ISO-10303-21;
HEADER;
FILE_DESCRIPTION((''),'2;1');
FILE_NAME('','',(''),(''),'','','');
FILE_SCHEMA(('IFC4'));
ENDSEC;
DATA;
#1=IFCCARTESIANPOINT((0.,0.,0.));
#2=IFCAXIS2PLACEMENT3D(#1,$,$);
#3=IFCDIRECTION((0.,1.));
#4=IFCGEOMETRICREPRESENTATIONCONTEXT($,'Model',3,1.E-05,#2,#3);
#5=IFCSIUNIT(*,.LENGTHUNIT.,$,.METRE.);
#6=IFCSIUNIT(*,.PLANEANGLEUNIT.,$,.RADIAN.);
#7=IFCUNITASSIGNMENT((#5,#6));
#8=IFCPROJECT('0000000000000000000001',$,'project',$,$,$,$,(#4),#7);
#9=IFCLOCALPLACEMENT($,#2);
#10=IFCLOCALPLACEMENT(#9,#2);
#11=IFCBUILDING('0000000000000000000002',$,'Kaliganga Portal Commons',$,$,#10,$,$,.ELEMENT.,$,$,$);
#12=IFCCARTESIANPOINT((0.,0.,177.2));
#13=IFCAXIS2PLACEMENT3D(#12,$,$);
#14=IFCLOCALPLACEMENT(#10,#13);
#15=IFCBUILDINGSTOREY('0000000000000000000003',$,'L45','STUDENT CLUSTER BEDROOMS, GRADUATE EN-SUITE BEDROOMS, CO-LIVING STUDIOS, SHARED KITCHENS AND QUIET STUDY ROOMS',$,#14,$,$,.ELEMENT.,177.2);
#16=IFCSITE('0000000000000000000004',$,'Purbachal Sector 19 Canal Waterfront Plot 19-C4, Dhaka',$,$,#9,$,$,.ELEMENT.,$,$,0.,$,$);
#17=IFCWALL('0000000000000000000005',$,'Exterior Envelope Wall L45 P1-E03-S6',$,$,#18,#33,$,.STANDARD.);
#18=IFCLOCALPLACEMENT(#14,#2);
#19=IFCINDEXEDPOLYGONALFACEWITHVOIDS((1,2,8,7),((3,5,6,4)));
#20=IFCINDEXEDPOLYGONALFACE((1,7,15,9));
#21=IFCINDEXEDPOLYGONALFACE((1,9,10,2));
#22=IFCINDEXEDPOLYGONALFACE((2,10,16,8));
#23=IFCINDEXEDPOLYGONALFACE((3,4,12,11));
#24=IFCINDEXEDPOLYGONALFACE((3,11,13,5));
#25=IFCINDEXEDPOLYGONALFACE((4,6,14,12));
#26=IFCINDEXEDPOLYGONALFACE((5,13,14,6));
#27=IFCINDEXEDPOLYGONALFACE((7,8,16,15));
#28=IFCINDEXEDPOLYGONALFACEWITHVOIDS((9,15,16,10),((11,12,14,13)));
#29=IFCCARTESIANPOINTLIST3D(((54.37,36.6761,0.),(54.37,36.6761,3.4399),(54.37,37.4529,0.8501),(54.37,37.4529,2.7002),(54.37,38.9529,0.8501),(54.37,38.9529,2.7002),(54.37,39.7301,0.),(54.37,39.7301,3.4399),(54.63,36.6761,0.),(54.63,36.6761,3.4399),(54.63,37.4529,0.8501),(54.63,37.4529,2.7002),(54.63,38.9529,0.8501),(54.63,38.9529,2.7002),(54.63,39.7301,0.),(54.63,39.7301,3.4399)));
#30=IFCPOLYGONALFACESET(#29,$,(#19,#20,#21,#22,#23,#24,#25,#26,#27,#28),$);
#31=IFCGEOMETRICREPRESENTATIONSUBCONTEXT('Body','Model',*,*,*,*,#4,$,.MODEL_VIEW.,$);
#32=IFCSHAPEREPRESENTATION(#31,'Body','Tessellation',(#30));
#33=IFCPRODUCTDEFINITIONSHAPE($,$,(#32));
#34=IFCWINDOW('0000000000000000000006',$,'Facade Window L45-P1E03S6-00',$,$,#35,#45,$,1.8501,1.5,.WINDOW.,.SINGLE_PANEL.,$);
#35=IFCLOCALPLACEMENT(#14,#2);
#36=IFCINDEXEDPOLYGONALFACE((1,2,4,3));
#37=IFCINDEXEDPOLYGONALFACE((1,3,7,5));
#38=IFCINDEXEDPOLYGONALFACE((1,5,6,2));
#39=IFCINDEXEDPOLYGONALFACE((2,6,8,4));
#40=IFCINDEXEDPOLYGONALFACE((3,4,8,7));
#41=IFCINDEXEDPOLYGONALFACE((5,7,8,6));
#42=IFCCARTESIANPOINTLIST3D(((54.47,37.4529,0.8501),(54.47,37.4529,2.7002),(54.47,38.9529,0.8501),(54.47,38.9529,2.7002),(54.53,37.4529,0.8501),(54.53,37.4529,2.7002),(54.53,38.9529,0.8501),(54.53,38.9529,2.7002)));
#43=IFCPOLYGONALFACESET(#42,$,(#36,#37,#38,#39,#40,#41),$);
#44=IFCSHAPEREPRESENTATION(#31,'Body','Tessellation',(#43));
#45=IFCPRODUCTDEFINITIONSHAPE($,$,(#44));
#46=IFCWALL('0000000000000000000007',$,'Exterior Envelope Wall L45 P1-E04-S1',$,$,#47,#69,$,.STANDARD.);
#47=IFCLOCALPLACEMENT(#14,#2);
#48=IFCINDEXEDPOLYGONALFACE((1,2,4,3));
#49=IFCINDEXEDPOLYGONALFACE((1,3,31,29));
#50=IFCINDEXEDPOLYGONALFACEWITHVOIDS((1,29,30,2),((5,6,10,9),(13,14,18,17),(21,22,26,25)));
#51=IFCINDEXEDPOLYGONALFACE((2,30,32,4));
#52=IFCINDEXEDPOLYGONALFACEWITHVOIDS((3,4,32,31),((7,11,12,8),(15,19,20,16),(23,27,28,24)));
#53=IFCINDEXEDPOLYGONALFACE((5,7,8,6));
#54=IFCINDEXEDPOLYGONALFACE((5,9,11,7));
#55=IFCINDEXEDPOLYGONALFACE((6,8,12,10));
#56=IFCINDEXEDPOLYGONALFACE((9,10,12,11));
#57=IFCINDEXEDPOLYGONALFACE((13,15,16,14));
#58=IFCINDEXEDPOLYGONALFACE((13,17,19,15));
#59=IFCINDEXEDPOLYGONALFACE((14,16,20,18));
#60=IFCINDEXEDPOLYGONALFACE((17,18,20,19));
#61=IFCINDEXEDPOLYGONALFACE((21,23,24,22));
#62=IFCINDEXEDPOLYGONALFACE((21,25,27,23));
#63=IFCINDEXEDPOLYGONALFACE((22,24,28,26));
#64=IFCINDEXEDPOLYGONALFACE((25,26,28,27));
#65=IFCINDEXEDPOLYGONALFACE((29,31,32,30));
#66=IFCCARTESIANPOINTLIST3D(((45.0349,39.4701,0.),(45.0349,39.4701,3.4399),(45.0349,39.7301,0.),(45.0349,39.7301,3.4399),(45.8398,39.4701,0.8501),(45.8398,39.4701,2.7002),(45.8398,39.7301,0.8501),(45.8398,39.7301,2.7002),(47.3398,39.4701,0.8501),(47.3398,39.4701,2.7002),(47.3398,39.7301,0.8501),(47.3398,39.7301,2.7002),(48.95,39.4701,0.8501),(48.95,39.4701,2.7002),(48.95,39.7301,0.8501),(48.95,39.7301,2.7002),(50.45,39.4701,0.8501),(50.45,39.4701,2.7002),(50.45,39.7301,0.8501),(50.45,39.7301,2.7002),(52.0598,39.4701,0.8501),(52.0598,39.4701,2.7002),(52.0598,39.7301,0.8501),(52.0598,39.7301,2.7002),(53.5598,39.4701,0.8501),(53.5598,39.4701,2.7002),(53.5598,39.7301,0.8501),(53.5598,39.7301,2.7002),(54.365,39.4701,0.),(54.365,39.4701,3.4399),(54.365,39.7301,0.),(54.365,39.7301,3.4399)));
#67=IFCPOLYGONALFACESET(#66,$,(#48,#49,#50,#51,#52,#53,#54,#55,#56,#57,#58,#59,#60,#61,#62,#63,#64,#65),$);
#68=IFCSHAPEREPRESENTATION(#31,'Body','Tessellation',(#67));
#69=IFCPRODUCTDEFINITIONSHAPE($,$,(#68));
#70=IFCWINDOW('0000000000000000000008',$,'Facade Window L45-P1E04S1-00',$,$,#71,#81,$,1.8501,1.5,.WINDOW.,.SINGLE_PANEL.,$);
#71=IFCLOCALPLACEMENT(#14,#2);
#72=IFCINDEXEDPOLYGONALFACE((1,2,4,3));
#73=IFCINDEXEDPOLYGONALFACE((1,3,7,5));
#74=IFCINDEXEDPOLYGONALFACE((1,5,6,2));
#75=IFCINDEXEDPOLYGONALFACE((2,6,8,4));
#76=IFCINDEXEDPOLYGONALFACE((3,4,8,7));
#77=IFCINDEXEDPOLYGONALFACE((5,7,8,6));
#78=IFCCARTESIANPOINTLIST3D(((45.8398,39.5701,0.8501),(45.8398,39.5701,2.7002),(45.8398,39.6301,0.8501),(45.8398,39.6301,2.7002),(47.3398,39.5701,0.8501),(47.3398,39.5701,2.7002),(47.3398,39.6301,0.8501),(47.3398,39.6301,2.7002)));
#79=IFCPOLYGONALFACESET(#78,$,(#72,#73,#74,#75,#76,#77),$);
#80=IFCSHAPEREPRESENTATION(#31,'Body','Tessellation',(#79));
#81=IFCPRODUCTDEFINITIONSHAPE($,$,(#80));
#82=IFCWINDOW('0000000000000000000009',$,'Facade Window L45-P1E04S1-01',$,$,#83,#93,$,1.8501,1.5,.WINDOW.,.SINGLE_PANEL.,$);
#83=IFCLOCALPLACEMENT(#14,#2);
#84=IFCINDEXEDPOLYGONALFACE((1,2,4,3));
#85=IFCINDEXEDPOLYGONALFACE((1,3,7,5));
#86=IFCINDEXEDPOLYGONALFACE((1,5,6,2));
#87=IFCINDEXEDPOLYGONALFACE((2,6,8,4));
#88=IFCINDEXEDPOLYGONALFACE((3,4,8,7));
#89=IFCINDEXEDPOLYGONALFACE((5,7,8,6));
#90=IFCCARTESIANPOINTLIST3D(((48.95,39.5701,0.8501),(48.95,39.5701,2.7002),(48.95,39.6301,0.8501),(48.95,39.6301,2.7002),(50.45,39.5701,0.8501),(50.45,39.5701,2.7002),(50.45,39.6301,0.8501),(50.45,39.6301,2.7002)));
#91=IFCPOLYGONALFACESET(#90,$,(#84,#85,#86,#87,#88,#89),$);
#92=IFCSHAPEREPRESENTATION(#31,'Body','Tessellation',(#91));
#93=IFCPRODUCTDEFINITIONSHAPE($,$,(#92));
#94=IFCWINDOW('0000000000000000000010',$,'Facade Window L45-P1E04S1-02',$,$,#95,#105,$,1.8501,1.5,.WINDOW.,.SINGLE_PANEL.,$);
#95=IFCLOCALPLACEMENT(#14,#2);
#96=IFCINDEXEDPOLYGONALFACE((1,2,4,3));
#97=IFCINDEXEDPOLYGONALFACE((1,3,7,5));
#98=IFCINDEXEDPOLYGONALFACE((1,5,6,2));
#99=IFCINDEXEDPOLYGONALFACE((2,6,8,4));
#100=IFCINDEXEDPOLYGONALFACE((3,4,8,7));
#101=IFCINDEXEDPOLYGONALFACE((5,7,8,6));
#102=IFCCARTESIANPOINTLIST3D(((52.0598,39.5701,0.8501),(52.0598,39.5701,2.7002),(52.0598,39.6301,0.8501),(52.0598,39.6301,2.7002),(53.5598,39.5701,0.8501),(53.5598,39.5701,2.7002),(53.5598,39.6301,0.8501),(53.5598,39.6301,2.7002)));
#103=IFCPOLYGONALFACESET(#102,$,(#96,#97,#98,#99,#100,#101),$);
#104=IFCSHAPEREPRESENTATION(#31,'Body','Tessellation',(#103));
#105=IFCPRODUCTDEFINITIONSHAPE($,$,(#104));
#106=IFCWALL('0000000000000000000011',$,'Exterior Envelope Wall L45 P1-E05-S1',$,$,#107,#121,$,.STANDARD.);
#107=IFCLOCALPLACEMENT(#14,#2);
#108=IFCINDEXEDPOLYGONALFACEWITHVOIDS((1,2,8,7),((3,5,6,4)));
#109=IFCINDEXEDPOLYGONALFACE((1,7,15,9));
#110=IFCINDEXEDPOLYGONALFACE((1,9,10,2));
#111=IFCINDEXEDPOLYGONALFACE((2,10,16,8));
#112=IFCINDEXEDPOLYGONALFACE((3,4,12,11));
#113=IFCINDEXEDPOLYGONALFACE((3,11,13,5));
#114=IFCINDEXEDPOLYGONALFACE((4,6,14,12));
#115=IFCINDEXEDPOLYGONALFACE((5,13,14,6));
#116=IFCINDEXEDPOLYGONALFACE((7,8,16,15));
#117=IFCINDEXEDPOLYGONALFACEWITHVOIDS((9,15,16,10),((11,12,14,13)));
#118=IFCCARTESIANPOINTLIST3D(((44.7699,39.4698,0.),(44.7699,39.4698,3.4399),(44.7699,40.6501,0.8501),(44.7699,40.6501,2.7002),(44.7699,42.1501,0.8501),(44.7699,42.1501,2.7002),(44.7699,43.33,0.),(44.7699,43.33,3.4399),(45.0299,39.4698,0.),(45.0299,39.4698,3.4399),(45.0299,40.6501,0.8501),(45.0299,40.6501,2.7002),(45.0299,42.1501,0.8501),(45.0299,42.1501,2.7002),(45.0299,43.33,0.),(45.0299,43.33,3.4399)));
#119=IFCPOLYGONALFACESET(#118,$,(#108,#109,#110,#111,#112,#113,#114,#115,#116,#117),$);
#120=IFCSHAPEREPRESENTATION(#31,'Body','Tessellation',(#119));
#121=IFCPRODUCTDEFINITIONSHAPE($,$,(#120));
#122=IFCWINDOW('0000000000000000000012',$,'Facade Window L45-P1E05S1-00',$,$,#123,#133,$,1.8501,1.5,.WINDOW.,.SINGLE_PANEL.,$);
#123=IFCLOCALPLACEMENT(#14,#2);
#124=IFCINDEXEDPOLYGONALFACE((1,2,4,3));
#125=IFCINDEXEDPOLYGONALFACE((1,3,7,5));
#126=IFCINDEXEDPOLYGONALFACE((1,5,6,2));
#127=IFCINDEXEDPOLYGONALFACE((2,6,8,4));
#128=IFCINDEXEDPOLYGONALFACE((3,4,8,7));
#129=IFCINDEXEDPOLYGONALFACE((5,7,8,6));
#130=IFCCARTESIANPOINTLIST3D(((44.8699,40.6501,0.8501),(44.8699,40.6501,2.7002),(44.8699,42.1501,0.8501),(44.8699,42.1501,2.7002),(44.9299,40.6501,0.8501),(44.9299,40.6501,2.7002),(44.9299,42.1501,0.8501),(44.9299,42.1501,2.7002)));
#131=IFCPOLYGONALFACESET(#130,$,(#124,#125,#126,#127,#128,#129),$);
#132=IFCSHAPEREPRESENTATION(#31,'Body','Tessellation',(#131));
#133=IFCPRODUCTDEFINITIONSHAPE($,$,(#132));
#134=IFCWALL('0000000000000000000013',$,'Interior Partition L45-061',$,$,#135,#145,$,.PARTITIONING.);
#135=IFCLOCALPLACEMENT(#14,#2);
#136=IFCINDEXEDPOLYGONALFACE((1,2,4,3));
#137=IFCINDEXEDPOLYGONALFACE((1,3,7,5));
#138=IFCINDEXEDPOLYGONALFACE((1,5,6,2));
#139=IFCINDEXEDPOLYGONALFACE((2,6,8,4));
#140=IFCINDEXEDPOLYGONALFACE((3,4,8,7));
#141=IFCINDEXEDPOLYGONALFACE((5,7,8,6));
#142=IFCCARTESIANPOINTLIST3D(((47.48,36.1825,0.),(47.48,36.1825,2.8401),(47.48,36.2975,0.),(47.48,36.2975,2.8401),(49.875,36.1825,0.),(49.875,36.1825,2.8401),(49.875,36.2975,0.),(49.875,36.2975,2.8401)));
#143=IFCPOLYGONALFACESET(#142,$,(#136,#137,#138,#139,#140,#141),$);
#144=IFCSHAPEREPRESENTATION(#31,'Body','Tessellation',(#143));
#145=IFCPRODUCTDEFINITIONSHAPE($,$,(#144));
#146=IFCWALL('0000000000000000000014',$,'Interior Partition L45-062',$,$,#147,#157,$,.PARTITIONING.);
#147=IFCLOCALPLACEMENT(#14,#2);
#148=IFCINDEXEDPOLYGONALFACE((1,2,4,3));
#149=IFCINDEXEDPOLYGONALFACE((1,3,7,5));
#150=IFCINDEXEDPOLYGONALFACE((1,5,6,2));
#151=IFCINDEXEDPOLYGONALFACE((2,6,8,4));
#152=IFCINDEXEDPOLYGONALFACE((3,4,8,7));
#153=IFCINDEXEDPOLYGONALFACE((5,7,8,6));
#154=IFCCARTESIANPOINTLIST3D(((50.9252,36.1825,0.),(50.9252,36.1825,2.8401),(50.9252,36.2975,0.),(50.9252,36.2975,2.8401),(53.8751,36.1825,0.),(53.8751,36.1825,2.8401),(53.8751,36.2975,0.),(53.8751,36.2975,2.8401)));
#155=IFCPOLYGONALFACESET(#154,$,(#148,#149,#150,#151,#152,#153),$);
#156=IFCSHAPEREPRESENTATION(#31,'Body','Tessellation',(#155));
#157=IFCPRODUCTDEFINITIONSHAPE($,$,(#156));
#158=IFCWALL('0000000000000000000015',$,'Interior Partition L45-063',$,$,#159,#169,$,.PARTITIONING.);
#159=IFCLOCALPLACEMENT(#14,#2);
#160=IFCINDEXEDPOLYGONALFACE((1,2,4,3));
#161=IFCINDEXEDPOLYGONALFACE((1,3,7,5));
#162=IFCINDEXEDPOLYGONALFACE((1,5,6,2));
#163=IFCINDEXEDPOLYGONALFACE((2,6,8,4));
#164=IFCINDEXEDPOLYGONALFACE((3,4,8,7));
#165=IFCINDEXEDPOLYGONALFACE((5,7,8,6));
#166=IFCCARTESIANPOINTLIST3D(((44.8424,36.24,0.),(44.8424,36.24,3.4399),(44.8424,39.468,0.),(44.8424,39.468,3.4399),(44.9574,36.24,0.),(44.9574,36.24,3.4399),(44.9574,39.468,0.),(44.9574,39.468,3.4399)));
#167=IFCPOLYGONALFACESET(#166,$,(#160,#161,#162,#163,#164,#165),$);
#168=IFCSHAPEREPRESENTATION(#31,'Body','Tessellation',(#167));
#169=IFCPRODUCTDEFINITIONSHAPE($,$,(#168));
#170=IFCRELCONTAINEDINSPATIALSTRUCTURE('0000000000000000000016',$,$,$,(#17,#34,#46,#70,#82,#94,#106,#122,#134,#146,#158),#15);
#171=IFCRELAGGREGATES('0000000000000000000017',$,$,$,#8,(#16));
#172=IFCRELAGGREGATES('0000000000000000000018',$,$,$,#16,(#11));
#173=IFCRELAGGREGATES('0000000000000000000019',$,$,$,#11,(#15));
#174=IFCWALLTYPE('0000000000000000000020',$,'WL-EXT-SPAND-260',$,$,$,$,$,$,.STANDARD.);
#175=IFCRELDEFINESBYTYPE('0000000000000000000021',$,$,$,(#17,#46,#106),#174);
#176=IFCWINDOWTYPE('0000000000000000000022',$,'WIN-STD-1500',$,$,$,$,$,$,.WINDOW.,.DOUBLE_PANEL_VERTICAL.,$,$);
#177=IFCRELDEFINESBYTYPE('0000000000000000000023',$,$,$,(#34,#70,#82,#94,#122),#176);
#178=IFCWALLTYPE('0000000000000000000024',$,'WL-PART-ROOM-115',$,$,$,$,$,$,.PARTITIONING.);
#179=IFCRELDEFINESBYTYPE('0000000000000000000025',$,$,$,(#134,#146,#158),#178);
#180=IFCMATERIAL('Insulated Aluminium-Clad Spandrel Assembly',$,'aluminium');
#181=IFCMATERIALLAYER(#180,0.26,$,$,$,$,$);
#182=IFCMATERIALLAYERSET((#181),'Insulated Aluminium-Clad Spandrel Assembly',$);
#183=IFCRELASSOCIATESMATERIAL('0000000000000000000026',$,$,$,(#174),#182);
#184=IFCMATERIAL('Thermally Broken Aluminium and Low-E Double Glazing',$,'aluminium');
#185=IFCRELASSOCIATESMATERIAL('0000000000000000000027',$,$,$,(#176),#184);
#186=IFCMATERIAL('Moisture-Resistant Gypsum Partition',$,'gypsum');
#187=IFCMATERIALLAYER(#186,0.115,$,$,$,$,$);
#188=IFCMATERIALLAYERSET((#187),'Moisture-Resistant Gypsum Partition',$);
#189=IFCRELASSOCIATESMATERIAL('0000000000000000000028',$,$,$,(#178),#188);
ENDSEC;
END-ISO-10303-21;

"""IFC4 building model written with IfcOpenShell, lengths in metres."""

from ifc_helpers import new_model, si_unit, direction, frame, frame_2d, origin, place, context, subcontext, project, spatial, rectangle, extrude, material, layer, layer_set, type_object, element, fill, save


model = new_model("IFC4")

# Units and contexts
model_context = context("Model", 3, precision=1e-05, world=origin(), true_north=direction((0.0, 1.0)))
body_context = subcontext(model_context, "Body", "Model", "MODEL_VIEW")
ifc_project = project(units=[si_unit("LENGTHUNIT", "METRE"), si_unit("PLANEANGLEUNIT", "RADIAN")], contexts=[model_context])

# Site, building, storey
site_placement = place(None, origin())
site = spatial("IfcSite", under=ifc_project, at=site_placement, Name="Purbachal Sector 19 Canal Waterfront Plot 19-C4, Dhaka", CompositionType="ELEMENT", RefElevation=0.0)
building_placement = place(site_placement, origin())
building = spatial("IfcBuilding", under=site, at=building_placement, Name="Kaliganga Portal Commons", CompositionType="ELEMENT")
storey_placement = place(building_placement, frame((0.0, 0.0, 177.2)))
storey = spatial("IfcBuildingStorey", under=building, at=storey_placement, Name="L45", Description="STUDENT CLUSTER BEDROOMS, GRADUATE EN-SUITE BEDROOMS, CO-LIVING STUDIOS, SHARED KITCHENS AND QUIET STUDY ROOMS", CompositionType="ELEMENT", Elevation=177.2)

# Shared definitions
ifc_material_1 = material(Name="Insulated Aluminium-Clad Spandrel Assembly", Category="aluminium")
ifc_layer_1 = layer(ifc_material_1, 0.26)
ifc_layer_set_1 = layer_set([ifc_layer_1], Name="Insulated Aluminium-Clad Spandrel Assembly")
wall_type_1 = type_object("IfcWallType", Name="WL-EXT-SPAND-260", PredefinedType="STANDARD", material=ifc_layer_set_1)
ifc_material_2 = material(Name="Thermally Broken Aluminium and Low-E Double Glazing", Category="aluminium")
window_type = type_object("IfcWindowType", Name="WIN-STD-1500", PartitioningType="DOUBLE_PANEL_VERTICAL", PredefinedType="WINDOW", material=ifc_material_2)

# Wall, opening, window
wall_1_placement = place(storey_placement, frame((54.5, 39.73, 0.0), z_axis=(0.0, 0.0, 1.0), x_axis=(0.0, -1.0, 0.0)))
wall_1 = element("IfcWall", 1, at=wall_1_placement, inside=storey, type_object=wall_type_1, Name="Exterior Envelope Wall L45 P1-E03-S6", PredefinedType="STANDARD", context=body_context, shape_type="SweptSolid", body=[
    extrude(rectangle(XDim=3.054, YDim=0.26, at=frame_2d((1.5269, 0.0))), origin(), (0.0, 0.0, 1.0), 3.4399),
])
opening_1_placement = place(wall_1_placement, frame((0.7771, 0.0, 0.8501)))
opening_1 = element("IfcOpeningElement", 2, at=opening_1_placement, cuts=wall_1, PredefinedType="OPENING", context=body_context, shape_type="SweptSolid", body=[
    extrude(rectangle(XDim=1.5, YDim=1.8501, at=frame_2d((0.75, 0.925))), frame((0.0, 0.1401, 0.0), z_axis=(0.0, -1.0, 0.0), x_axis=(1.0, 0.0, 0.0)), (0.0, 0.0, 1.0), 0.28),
])
window_1_placement = place(opening_1_placement, origin())
window_1 = element("IfcWindow", 3, at=window_1_placement, inside=storey, type_object=window_type, Name="Facade Window L45-P1E03S6-00", OverallHeight=1.8501, OverallWidth=1.5, PartitioningType="SINGLE_PANEL", PredefinedType="WINDOW", context=body_context, shape_type="SweptSolid", body=[
    extrude(rectangle(XDim=1.5, YDim=1.8501, at=frame_2d((0.75, 0.925))), frame((0.0, 0.03, 0.0), z_axis=(0.0, -1.0, 0.0), x_axis=(1.0, 0.0, 0.0)), (0.0, 0.0, 1.0), 0.0601),
])
fill(opening_1, window_1)

# Wall, openings, windows
wall_2_placement = place(storey_placement, frame((45.0349, 39.6001, 0.0), z_axis=(0.0, 0.0, 1.0), x_axis=(1.0, 0.0, 0.0)))
wall_2 = element("IfcWall", 4, at=wall_2_placement, inside=storey, type_object=wall_type_1, Name="Exterior Envelope Wall L45 P1-E04-S1", PredefinedType="STANDARD", context=body_context, shape_type="SweptSolid", body=[
    extrude(rectangle(XDim=9.3301, YDim=0.26, at=frame_2d((4.665, 0.0))), origin(), (0.0, 0.0, 1.0), 3.4399),
])
opening_2_placement = place(wall_2_placement, frame((0.8049, 0.0, 0.8501)))
opening_2 = element("IfcOpeningElement", 5, at=opening_2_placement, cuts=wall_2, PredefinedType="OPENING", context=body_context, shape_type="SweptSolid", body=[
    extrude(rectangle(XDim=1.5, YDim=1.8501, at=frame_2d((0.75, 0.925))), frame((0.0, 0.1401, 0.0), z_axis=(0.0, -1.0, 0.0), x_axis=(1.0, 0.0, 0.0)), (0.0, 0.0, 1.0), 0.28),
])
opening_3_placement = place(wall_2_placement, frame((3.915, 0.0, 0.8501)))
opening_3 = element("IfcOpeningElement", 6, at=opening_3_placement, cuts=wall_2, PredefinedType="OPENING", context=body_context, shape_type="SweptSolid", body=[
    extrude(rectangle(XDim=1.5, YDim=1.8501, at=frame_2d((0.75, 0.925))), frame((0.0, 0.1401, 0.0), z_axis=(0.0, -1.0, 0.0), x_axis=(1.0, 0.0, 0.0)), (0.0, 0.0, 1.0), 0.28),
])
opening_4_placement = place(wall_2_placement, frame((7.0249, 0.0, 0.8501)))
opening_4 = element("IfcOpeningElement", 7, at=opening_4_placement, cuts=wall_2, PredefinedType="OPENING", context=body_context, shape_type="SweptSolid", body=[
    extrude(rectangle(XDim=1.5, YDim=1.8501, at=frame_2d((0.75, 0.925))), frame((0.0, 0.1401, 0.0), z_axis=(0.0, -1.0, 0.0), x_axis=(1.0, 0.0, 0.0)), (0.0, 0.0, 1.0), 0.28),
])
window_2_placement = place(opening_2_placement, origin())
window_2 = element("IfcWindow", 8, at=window_2_placement, inside=storey, type_object=window_type, Name="Facade Window L45-P1E04S1-00", OverallHeight=1.8501, OverallWidth=1.5, PartitioningType="SINGLE_PANEL", PredefinedType="WINDOW", context=body_context, shape_type="SweptSolid", body=[
    extrude(rectangle(XDim=1.5, YDim=1.8501, at=frame_2d((0.75, 0.925))), frame((0.0, 0.03, 0.0), z_axis=(0.0, -1.0, 0.0), x_axis=(1.0, 0.0, 0.0)), (0.0, 0.0, 1.0), 0.0601),
])
fill(opening_2, window_2)
window_3_placement = place(opening_3_placement, origin())
window_3 = element("IfcWindow", 9, at=window_3_placement, inside=storey, type_object=window_type, Name="Facade Window L45-P1E04S1-01", OverallHeight=1.8501, OverallWidth=1.5, PartitioningType="SINGLE_PANEL", PredefinedType="WINDOW", context=body_context, shape_type="SweptSolid", body=[
    extrude(rectangle(XDim=1.5, YDim=1.8501, at=frame_2d((0.75, 0.925))), frame((0.0, 0.03, 0.0), z_axis=(0.0, -1.0, 0.0), x_axis=(1.0, 0.0, 0.0)), (0.0, 0.0, 1.0), 0.0601),
])
fill(opening_3, window_3)
window_4_placement = place(opening_4_placement, origin())
window_4 = element("IfcWindow", 10, at=window_4_placement, inside=storey, type_object=window_type, Name="Facade Window L45-P1E04S1-02", OverallHeight=1.8501, OverallWidth=1.5, PartitioningType="SINGLE_PANEL", PredefinedType="WINDOW", context=body_context, shape_type="SweptSolid", body=[
    extrude(rectangle(XDim=1.5, YDim=1.8501, at=frame_2d((0.75, 0.925))), frame((0.0, 0.03, 0.0), z_axis=(0.0, -1.0, 0.0), x_axis=(1.0, 0.0, 0.0)), (0.0, 0.0, 1.0), 0.0601),
])
fill(opening_4, window_4)

# Wall, opening, window
wall_3_placement = place(storey_placement, frame((44.8999, 43.3301, 0.0), z_axis=(0.0, 0.0, 1.0), x_axis=(0.0, -1.0, 0.0)))
wall_3 = element("IfcWall", 11, at=wall_3_placement, inside=storey, type_object=wall_type_1, Name="Exterior Envelope Wall L45 P1-E05-S1", PredefinedType="STANDARD", context=body_context, shape_type="SweptSolid", body=[
    extrude(rectangle(XDim=3.8601, YDim=0.26, at=frame_2d((1.9302, 0.0))), origin(), (0.0, 0.0, 1.0), 3.4399),
])
opening_5_placement = place(wall_3_placement, frame((1.1799, 0.0, 0.8501)))
opening_5 = element("IfcOpeningElement", 12, at=opening_5_placement, cuts=wall_3, PredefinedType="OPENING", context=body_context, shape_type="SweptSolid", body=[
    extrude(rectangle(XDim=1.5, YDim=1.8501, at=frame_2d((0.75, 0.925))), frame((0.0, 0.1401, 0.0), z_axis=(0.0, -1.0, 0.0), x_axis=(1.0, 0.0, 0.0)), (0.0, 0.0, 1.0), 0.28),
])
window_5_placement = place(opening_5_placement, origin())
window_5 = element("IfcWindow", 13, at=window_5_placement, inside=storey, type_object=window_type, Name="Facade Window L45-P1E05S1-00", OverallHeight=1.8501, OverallWidth=1.5, PartitioningType="SINGLE_PANEL", PredefinedType="WINDOW", context=body_context, shape_type="SweptSolid", body=[
    extrude(rectangle(XDim=1.5, YDim=1.8501, at=frame_2d((0.75, 0.925))), frame((0.0, 0.03, 0.0), z_axis=(0.0, -1.0, 0.0), x_axis=(1.0, 0.0, 0.0)), (0.0, 0.0, 1.0), 0.0601),
])
fill(opening_5, window_5)

# Walls
ifc_material_3 = material(Name="Moisture-Resistant Gypsum Partition", Category="gypsum")
ifc_layer_2 = layer(ifc_material_3, 0.115)
ifc_layer_set_2 = layer_set([ifc_layer_2], Name="Moisture-Resistant Gypsum Partition")
wall_type_2 = type_object("IfcWallType", Name="WL-PART-ROOM-115", PredefinedType="PARTITIONING", material=ifc_layer_set_2)
wall_4_placement = place(storey_placement, frame((47.48, 36.24, 0.0), z_axis=(0.0, 0.0, 1.0), x_axis=(1.0, 0.0, 0.0)))
element("IfcWall", 14, at=wall_4_placement, inside=storey, type_object=wall_type_2, Name="Interior Partition L45-061", PredefinedType="PARTITIONING", context=body_context, shape_type="SweptSolid", body=[
    extrude(rectangle(XDim=2.395, YDim=0.115, at=frame_2d((1.1975, 0.0))), origin(), (0.0, 0.0, 1.0), 2.8401),
])
wall_5_placement = place(storey_placement, frame((50.925, 36.24, 0.0), z_axis=(0.0, 0.0, 1.0), x_axis=(1.0, 0.0, 0.0)))
element("IfcWall", 15, at=wall_5_placement, inside=storey, type_object=wall_type_2, Name="Interior Partition L45-062", PredefinedType="PARTITIONING", context=body_context, shape_type="SweptSolid", body=[
    extrude(rectangle(XDim=2.95, YDim=0.115, at=frame_2d((1.4751, 0.0))), origin(), (0.0, 0.0, 1.0), 2.8401),
])
wall_6_placement = place(storey_placement, frame((44.8999, 36.24, 0.0), z_axis=(0.0, 0.0, 1.0), x_axis=(0.0, 1.0, 0.0)))
element("IfcWall", 16, at=wall_6_placement, inside=storey, type_object=wall_type_2, Name="Interior Partition L45-063", PredefinedType="PARTITIONING", context=body_context, shape_type="SweptSolid", body=[
    extrude(rectangle(XDim=3.228, YDim=0.115, at=frame_2d((1.614, 0.0))), origin(), (0.0, 0.0, 1.0), 3.4399),
])

save(model, "model.ifc")
